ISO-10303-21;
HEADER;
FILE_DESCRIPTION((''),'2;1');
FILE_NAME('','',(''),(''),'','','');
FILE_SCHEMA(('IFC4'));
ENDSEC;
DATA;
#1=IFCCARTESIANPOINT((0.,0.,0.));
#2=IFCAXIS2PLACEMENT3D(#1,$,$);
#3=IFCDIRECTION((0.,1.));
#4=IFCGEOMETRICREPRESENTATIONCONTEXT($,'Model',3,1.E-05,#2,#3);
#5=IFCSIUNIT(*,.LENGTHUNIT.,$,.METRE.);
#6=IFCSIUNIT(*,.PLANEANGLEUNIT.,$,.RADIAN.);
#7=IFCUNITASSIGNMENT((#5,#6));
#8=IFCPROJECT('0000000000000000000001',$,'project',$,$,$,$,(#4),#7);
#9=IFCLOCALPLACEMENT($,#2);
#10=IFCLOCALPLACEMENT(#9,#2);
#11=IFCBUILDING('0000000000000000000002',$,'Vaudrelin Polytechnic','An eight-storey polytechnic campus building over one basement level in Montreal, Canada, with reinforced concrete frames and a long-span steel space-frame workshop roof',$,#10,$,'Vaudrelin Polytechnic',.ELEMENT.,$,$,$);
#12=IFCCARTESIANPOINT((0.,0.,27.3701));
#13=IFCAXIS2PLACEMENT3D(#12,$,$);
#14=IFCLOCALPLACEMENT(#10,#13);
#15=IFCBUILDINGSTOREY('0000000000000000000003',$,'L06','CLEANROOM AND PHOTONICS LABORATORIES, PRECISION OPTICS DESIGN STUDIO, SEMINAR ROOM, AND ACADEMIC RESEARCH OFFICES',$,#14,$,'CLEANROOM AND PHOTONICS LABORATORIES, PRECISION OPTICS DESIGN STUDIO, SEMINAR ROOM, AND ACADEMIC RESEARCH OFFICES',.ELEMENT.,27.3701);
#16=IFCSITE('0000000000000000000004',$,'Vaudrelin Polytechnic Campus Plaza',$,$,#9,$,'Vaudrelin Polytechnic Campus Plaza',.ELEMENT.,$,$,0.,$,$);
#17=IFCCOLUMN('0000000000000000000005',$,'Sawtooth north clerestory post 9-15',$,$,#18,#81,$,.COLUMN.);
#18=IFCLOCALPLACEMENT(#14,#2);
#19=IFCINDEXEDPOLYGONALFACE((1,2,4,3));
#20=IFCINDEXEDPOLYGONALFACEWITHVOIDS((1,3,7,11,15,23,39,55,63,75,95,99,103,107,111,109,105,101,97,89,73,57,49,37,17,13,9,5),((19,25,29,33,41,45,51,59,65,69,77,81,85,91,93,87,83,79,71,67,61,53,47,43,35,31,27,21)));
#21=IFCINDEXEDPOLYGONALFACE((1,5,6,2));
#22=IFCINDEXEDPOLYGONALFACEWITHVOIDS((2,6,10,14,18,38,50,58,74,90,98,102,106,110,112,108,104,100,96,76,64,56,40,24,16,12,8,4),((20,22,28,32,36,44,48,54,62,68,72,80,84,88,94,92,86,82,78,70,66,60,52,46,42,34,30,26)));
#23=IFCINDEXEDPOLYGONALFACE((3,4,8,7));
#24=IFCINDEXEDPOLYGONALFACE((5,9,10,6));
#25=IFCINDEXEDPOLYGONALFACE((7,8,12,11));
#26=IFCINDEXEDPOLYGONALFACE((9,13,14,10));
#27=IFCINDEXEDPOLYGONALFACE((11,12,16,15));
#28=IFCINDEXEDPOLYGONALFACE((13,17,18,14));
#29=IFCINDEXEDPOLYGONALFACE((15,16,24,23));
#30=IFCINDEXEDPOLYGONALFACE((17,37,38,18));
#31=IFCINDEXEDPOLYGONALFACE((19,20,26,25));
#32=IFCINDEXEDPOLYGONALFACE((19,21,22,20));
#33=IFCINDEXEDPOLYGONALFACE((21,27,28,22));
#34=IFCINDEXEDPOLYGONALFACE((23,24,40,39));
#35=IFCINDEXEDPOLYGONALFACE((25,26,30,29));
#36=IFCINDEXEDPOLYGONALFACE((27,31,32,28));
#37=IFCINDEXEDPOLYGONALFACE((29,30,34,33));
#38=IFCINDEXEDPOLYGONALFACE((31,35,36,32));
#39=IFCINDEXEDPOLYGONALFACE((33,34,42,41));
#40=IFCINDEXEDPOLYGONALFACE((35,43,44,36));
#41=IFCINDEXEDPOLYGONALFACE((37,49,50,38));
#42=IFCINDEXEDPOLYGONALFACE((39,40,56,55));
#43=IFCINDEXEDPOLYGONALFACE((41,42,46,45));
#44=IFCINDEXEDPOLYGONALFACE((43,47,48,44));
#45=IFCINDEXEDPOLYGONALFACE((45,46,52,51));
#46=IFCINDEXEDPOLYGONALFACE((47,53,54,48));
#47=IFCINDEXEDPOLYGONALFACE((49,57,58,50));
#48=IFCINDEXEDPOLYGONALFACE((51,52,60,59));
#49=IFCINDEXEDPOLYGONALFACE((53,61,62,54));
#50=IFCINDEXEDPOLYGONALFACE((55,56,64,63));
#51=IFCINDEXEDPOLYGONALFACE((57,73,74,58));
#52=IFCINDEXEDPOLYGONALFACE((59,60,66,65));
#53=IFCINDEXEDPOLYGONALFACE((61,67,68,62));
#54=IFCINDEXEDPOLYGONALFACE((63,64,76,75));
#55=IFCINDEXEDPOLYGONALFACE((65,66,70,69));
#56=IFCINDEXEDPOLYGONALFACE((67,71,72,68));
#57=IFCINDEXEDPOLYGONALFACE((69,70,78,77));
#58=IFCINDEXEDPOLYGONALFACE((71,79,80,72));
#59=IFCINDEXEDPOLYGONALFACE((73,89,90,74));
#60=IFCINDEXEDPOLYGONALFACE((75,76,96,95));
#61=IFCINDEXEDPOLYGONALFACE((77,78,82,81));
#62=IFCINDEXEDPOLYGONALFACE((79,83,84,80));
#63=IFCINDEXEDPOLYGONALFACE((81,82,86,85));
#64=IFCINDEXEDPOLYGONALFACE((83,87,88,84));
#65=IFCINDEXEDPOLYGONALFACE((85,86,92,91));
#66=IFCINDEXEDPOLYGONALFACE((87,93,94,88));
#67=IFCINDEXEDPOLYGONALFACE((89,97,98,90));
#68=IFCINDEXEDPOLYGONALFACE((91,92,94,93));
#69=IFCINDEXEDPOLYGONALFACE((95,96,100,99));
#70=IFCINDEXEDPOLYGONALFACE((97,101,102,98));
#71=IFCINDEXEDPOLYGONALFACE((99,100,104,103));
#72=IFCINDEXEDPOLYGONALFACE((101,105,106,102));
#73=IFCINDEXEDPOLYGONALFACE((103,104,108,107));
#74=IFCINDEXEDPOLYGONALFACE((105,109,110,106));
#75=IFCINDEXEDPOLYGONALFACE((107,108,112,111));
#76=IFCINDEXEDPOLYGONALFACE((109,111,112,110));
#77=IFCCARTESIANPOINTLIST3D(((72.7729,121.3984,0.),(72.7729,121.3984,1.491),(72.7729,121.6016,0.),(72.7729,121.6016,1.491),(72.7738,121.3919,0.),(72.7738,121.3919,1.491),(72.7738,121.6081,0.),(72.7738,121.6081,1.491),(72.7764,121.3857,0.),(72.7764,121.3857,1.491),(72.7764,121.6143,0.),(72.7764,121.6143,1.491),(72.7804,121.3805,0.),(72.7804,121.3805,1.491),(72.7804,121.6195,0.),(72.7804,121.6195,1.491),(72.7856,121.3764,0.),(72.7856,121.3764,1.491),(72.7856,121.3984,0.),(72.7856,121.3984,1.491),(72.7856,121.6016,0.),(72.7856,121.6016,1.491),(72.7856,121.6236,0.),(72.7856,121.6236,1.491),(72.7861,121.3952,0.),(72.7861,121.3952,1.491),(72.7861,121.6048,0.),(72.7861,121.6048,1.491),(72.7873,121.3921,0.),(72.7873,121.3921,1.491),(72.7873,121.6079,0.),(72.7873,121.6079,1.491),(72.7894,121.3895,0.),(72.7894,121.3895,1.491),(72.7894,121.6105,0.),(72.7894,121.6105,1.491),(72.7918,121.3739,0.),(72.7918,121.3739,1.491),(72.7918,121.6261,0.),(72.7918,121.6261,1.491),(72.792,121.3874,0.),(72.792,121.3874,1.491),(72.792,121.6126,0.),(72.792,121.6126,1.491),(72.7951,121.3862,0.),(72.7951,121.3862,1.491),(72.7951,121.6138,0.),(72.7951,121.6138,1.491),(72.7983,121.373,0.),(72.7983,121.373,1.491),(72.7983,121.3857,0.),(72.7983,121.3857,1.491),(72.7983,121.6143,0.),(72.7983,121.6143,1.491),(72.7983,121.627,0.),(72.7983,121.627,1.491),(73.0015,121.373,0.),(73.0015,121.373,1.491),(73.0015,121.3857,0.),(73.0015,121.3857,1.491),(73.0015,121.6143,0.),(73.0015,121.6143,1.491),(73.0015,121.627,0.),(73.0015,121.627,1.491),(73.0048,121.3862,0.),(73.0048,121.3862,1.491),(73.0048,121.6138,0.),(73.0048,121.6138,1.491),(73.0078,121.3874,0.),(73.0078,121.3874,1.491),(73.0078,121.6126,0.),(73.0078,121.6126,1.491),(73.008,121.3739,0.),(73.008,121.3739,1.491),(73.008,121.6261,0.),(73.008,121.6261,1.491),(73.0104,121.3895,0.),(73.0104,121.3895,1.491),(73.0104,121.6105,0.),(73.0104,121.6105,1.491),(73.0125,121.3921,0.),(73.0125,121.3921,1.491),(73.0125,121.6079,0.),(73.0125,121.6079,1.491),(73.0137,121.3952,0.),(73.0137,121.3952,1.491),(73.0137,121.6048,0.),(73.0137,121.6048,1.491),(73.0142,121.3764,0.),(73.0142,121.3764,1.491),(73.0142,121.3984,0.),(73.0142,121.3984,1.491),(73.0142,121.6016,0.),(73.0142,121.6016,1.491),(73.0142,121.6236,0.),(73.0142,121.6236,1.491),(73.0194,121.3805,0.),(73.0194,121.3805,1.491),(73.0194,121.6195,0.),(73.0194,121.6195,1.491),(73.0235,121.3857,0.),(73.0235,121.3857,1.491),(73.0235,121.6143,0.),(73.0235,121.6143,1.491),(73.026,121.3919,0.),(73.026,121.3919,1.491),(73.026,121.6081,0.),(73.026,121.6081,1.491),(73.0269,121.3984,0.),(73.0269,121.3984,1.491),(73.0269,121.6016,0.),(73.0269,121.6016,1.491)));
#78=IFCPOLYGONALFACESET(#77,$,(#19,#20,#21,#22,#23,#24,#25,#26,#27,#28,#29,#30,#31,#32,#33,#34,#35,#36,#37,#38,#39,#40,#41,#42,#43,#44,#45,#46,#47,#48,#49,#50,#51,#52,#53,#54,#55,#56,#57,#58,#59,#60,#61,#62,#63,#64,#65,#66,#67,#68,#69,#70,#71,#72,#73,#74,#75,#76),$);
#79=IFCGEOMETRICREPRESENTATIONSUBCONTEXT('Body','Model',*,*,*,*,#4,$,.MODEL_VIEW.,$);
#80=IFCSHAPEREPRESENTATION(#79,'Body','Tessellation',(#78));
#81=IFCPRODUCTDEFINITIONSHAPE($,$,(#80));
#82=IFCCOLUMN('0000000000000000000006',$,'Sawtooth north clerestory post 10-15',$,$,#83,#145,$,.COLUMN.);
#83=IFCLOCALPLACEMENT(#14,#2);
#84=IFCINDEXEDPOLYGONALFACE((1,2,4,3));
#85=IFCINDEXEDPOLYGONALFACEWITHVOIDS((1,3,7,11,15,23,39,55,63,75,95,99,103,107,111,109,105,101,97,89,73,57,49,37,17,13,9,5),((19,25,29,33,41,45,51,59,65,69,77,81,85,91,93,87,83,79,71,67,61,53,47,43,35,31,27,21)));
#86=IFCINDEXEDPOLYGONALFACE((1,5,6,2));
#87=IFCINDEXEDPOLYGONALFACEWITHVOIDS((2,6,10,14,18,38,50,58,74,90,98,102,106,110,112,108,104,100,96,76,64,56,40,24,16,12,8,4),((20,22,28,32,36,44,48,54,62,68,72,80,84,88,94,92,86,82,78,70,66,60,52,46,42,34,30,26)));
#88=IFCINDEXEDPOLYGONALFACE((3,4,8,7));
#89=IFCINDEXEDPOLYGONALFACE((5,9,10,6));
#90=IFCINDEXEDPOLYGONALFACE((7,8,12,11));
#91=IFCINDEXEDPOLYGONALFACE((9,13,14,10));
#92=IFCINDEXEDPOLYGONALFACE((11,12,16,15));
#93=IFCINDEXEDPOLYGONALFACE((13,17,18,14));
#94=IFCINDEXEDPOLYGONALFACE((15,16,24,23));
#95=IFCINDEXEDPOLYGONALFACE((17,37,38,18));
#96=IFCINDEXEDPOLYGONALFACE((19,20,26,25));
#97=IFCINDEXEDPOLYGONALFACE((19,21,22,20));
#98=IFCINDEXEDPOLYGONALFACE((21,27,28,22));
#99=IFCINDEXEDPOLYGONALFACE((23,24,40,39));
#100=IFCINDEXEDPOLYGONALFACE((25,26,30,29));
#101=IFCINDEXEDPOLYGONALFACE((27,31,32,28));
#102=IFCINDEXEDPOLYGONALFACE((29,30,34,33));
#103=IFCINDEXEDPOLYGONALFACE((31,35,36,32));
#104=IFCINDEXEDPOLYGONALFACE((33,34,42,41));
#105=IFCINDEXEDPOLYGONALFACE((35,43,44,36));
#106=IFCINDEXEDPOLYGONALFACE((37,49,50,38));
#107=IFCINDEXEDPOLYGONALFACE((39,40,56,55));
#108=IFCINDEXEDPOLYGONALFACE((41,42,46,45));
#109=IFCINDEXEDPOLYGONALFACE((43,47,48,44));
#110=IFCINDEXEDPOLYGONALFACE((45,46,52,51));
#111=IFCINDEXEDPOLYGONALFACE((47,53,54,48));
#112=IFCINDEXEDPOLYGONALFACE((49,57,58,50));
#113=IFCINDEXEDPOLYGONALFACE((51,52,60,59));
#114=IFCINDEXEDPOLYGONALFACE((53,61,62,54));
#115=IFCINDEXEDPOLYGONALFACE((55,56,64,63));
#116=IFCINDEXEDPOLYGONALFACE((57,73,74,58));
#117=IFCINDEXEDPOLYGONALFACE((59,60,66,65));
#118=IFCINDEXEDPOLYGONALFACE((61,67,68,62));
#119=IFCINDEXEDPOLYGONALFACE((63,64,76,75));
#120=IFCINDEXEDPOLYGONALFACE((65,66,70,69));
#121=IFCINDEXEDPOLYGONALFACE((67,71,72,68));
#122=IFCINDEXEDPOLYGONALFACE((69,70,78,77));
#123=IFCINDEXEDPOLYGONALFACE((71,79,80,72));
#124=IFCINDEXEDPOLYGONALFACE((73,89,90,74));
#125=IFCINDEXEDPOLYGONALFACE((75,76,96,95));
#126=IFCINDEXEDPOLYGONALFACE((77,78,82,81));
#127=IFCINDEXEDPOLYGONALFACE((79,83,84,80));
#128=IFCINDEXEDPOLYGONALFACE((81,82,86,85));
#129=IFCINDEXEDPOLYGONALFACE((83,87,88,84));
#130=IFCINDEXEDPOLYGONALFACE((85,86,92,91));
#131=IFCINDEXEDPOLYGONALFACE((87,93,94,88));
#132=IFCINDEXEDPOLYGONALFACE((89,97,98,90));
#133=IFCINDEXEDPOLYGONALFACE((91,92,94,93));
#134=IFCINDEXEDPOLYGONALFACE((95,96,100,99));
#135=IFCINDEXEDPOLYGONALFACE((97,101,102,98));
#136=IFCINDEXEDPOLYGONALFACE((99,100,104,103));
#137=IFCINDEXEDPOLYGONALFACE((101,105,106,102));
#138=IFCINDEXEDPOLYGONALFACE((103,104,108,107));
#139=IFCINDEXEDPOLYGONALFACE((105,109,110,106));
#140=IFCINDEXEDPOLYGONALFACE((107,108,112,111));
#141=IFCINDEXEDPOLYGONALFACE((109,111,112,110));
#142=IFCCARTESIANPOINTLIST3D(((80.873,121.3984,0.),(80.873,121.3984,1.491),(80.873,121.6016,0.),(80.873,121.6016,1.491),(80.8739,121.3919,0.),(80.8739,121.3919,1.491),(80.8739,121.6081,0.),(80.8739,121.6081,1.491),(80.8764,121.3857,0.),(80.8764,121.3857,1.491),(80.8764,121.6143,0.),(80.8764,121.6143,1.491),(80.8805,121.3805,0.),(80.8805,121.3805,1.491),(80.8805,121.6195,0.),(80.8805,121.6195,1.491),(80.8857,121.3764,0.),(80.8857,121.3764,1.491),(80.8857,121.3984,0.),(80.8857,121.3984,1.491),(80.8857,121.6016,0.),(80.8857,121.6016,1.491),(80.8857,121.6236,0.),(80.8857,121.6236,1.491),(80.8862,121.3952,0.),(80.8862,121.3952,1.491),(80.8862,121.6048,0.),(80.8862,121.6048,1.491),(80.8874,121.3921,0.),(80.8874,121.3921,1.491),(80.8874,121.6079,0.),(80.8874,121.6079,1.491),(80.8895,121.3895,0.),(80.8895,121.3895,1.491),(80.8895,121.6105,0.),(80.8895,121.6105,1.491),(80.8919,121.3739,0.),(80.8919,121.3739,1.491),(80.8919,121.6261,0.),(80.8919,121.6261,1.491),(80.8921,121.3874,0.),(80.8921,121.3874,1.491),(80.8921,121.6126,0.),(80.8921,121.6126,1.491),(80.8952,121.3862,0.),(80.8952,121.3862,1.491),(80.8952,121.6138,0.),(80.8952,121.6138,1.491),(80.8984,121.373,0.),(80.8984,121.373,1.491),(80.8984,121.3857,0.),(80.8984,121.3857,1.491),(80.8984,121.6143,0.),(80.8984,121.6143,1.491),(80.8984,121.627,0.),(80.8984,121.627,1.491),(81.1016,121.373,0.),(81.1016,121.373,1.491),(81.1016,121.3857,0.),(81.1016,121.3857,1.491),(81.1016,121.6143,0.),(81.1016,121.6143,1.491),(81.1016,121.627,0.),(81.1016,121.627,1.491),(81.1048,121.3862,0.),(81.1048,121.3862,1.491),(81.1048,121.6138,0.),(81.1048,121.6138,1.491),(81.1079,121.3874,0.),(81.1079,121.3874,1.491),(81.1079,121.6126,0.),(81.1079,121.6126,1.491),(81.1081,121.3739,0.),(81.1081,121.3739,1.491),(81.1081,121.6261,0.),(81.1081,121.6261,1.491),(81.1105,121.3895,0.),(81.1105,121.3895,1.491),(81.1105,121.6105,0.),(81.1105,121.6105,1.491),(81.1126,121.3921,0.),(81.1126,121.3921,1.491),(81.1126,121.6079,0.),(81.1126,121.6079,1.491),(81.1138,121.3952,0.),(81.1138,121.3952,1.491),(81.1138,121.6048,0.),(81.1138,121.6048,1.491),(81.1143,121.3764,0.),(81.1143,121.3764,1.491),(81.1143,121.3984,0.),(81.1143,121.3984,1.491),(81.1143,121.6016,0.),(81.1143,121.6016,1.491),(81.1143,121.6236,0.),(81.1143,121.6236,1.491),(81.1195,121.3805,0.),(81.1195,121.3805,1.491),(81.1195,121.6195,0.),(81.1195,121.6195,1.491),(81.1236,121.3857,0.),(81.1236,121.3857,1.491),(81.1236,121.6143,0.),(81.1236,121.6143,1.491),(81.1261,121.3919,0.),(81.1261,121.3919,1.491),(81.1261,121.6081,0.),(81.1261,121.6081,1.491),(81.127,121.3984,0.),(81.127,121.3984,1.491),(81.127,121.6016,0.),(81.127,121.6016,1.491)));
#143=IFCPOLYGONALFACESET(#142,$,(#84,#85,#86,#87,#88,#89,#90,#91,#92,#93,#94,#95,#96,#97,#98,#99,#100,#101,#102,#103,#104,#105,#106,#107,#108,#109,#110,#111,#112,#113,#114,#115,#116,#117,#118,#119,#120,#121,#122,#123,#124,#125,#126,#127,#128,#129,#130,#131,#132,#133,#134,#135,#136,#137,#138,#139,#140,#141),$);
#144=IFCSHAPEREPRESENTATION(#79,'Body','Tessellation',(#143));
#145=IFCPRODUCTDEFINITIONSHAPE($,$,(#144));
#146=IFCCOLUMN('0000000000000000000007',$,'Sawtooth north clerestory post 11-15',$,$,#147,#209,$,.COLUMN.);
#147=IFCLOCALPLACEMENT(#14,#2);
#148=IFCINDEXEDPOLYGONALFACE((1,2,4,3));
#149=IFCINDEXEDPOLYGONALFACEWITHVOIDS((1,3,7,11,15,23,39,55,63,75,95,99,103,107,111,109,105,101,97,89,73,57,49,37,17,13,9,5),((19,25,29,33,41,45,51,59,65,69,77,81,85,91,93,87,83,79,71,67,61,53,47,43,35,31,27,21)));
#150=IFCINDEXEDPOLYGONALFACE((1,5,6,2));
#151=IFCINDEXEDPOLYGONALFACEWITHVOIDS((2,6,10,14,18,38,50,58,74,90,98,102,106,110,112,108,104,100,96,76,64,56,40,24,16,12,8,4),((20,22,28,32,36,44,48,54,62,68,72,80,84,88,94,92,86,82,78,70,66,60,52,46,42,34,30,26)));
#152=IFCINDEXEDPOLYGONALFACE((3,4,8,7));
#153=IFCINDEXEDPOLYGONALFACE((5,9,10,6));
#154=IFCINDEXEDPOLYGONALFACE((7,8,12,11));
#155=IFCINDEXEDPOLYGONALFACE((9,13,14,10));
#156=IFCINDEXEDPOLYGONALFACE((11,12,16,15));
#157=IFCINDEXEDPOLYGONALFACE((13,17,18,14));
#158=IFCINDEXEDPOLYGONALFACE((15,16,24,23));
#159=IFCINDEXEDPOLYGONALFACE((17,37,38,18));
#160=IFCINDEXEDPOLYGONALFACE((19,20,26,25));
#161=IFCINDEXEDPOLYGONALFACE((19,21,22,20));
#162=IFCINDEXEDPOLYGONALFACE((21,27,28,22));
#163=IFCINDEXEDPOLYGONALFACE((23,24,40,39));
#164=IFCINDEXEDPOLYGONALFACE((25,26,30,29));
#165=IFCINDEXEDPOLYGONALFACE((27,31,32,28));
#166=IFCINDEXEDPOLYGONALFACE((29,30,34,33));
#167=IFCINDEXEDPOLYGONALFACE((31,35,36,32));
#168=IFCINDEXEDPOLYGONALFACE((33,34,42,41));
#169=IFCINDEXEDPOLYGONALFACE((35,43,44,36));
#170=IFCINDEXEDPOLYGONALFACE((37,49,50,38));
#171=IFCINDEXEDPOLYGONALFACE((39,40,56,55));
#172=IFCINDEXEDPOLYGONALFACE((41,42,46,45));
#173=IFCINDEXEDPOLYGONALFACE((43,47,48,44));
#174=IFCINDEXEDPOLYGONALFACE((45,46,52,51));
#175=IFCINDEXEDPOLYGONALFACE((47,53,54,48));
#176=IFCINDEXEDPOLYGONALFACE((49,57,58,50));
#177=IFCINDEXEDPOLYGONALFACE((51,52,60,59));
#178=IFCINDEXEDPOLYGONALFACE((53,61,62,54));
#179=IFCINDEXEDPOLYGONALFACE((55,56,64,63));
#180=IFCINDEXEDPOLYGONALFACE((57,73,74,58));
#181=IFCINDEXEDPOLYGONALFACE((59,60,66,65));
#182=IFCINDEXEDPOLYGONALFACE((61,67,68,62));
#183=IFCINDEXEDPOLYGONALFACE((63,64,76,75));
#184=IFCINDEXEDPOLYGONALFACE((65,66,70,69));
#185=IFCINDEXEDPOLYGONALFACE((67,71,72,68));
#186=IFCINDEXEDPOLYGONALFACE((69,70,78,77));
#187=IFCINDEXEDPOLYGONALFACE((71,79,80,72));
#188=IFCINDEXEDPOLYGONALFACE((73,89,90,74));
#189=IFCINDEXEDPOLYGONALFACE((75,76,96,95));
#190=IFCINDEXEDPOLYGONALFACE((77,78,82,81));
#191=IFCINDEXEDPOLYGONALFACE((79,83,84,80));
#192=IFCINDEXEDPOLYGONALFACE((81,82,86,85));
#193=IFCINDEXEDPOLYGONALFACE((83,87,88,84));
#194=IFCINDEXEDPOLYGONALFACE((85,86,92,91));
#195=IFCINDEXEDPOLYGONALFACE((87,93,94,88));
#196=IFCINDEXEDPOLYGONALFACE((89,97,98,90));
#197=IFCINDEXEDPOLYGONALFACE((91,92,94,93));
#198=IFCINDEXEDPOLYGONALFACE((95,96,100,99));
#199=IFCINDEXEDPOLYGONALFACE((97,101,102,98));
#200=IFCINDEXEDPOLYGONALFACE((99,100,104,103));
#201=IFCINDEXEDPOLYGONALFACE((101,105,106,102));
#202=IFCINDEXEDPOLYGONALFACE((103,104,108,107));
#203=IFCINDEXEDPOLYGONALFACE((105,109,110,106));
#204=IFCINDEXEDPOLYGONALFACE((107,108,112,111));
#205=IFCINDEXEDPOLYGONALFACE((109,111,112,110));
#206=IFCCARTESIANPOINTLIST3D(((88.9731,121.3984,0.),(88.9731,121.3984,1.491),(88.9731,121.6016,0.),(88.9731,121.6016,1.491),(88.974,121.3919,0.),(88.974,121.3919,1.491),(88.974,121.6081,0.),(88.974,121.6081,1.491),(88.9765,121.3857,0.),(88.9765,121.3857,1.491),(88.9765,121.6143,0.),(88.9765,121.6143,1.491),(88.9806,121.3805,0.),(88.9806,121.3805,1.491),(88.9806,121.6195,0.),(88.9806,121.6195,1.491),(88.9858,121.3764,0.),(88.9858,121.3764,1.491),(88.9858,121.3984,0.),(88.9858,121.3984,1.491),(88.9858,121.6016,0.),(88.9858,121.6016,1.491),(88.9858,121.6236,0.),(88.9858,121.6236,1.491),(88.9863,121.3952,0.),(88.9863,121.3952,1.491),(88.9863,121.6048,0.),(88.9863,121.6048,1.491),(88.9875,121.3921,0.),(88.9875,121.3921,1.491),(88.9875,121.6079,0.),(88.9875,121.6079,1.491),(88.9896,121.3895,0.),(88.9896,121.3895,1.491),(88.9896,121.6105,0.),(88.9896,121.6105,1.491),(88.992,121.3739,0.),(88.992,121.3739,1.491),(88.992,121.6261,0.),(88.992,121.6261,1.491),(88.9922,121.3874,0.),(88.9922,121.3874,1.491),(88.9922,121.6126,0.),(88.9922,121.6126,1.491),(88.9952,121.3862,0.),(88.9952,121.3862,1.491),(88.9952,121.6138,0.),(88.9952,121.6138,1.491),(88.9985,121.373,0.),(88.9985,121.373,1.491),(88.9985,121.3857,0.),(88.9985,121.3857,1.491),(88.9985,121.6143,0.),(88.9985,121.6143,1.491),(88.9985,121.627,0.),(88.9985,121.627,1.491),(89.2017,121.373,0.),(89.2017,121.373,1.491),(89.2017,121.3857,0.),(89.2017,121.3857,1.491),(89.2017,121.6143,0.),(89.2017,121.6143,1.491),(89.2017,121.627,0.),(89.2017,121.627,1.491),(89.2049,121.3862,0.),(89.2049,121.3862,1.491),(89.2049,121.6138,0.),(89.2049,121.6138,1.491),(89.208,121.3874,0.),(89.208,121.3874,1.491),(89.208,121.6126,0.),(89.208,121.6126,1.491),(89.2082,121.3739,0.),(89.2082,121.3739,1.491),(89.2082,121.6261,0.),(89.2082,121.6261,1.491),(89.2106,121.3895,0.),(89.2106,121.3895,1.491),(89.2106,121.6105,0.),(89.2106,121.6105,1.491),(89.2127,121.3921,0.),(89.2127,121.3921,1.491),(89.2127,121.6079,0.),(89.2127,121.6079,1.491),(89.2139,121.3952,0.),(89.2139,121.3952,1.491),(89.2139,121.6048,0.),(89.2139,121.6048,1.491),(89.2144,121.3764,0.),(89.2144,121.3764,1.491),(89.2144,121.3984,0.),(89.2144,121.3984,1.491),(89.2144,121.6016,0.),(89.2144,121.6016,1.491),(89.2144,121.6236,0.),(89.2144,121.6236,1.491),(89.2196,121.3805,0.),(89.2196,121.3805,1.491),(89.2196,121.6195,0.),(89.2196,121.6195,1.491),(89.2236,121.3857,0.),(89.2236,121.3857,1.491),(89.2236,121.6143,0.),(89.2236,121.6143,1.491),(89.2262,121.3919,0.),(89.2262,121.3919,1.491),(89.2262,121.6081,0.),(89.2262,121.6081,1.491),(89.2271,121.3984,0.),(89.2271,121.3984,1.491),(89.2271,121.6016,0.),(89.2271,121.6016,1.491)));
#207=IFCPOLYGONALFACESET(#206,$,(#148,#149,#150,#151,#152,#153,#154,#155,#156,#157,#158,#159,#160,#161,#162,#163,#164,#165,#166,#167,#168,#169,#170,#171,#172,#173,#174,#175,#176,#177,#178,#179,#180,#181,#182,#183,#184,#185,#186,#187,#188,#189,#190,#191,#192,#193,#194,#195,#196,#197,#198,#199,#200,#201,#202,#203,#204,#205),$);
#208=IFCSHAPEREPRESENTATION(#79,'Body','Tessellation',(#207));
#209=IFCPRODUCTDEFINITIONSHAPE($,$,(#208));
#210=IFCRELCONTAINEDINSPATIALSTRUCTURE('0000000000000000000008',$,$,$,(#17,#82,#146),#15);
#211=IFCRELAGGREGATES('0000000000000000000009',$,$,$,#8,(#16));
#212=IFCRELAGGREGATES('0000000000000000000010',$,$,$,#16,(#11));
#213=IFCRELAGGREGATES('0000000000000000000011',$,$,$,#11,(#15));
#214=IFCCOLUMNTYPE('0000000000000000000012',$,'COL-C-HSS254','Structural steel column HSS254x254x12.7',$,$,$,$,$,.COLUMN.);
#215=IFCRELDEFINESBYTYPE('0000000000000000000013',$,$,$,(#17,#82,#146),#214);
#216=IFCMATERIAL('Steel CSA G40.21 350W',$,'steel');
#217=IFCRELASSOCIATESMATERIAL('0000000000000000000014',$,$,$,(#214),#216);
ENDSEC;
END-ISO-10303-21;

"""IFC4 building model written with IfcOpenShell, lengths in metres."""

from ifc_helpers import new_model, si_unit, direction, frame, origin, origin_2d, place, context, subcontext, project, spatial, hollow_rectangle, extrude, material, material_profile, profile_set, type_object, element, save


model = new_model("IFC4")

# Units and contexts
model_context = context("Model", 3, precision=1e-05, world=origin(), true_north=direction((0.0, 1.0)))
body_context = subcontext(model_context, "Body", "Model", "MODEL_VIEW")
ifc_project = project(units=[si_unit("LENGTHUNIT", "METRE"), si_unit("PLANEANGLEUNIT", "RADIAN")], contexts=[model_context])

# Site, building, storey
site_placement = place(None, origin())
site = spatial("IfcSite", under=ifc_project, at=site_placement, Name="Vaudrelin Polytechnic Campus Plaza", LongName="Vaudrelin Polytechnic Campus Plaza", CompositionType="ELEMENT", RefElevation=0.0)
building_placement = place(site_placement, origin())
building = spatial("IfcBuilding", under=site, at=building_placement, Name="Vaudrelin Polytechnic", Description="An eight-storey polytechnic campus building over one basement level in Montreal, Canada, with reinforced concrete frames and a long-span steel space-frame workshop roof", LongName="Vaudrelin Polytechnic", CompositionType="ELEMENT")
storey_placement = place(building_placement, frame((0.0, 0.0, 27.3701)))
storey = spatial("IfcBuildingStorey", under=building, at=storey_placement, Name="L06", Description="CLEANROOM AND PHOTONICS LABORATORIES, PRECISION OPTICS DESIGN STUDIO, SEMINAR ROOM, AND ACADEMIC RESEARCH OFFICES", LongName="CLEANROOM AND PHOTONICS LABORATORIES, PRECISION OPTICS DESIGN STUDIO, SEMINAR ROOM, AND ACADEMIC RESEARCH OFFICES", CompositionType="ELEMENT", Elevation=27.3701)

# Columns
ifc_material_1 = material(Name="Steel CSA G40.21 350W", Category="steel")
ifc_material_profile_1 = material_profile(ifc_material_1, hollow_rectangle(XDim=0.2539, YDim=0.2539, WallThickness=0.0127, InnerFilletRadius=0.0127, OuterFilletRadius=0.0254, at=origin_2d()), Name="HSS254x254x12.7")
ifc_profile_set_1 = profile_set([ifc_material_profile_1], Name="Steel CSA G40.21 350W")
column_type = type_object("IfcColumnType", Name="COL-C-HSS254", Description="Structural steel column HSS254x254x12.7", PredefinedType="COLUMN", material=ifc_profile_set_1)
for number, where, z_axis, x_axis, name in (
    (1, (72.8999, 121.5, 0.0), (0.0, 0.0, 1.0), (1.0, 0.0, 0.0), "Sawtooth north clerestory post 9-15"),
    (2, (81.0, 121.5, 0.0), (0.0, 0.0, 1.0), (1.0, 0.0, 0.0), "Sawtooth north clerestory post 10-15"),
    (3, (89.1001, 121.5, 0.0), (0.0, 0.0, 1.0), (1.0, 0.0, 0.0), "Sawtooth north clerestory post 11-15"),
):
    element("IfcColumn", number, at=place(storey_placement, frame(where, z_axis=z_axis, x_axis=x_axis)), inside=storey, type_object=column_type, Name=name, PredefinedType="COLUMN", context=body_context, shape_type="SweptSolid", body=[
        extrude(hollow_rectangle(XDim=0.2539, YDim=0.2539, WallThickness=0.0127, InnerFilletRadius=0.0127, OuterFilletRadius=0.0254, at=origin_2d()), origin(), (0.0, 0.0, 1.0), 1.491),
    ])

save(model, "model.ifc")
